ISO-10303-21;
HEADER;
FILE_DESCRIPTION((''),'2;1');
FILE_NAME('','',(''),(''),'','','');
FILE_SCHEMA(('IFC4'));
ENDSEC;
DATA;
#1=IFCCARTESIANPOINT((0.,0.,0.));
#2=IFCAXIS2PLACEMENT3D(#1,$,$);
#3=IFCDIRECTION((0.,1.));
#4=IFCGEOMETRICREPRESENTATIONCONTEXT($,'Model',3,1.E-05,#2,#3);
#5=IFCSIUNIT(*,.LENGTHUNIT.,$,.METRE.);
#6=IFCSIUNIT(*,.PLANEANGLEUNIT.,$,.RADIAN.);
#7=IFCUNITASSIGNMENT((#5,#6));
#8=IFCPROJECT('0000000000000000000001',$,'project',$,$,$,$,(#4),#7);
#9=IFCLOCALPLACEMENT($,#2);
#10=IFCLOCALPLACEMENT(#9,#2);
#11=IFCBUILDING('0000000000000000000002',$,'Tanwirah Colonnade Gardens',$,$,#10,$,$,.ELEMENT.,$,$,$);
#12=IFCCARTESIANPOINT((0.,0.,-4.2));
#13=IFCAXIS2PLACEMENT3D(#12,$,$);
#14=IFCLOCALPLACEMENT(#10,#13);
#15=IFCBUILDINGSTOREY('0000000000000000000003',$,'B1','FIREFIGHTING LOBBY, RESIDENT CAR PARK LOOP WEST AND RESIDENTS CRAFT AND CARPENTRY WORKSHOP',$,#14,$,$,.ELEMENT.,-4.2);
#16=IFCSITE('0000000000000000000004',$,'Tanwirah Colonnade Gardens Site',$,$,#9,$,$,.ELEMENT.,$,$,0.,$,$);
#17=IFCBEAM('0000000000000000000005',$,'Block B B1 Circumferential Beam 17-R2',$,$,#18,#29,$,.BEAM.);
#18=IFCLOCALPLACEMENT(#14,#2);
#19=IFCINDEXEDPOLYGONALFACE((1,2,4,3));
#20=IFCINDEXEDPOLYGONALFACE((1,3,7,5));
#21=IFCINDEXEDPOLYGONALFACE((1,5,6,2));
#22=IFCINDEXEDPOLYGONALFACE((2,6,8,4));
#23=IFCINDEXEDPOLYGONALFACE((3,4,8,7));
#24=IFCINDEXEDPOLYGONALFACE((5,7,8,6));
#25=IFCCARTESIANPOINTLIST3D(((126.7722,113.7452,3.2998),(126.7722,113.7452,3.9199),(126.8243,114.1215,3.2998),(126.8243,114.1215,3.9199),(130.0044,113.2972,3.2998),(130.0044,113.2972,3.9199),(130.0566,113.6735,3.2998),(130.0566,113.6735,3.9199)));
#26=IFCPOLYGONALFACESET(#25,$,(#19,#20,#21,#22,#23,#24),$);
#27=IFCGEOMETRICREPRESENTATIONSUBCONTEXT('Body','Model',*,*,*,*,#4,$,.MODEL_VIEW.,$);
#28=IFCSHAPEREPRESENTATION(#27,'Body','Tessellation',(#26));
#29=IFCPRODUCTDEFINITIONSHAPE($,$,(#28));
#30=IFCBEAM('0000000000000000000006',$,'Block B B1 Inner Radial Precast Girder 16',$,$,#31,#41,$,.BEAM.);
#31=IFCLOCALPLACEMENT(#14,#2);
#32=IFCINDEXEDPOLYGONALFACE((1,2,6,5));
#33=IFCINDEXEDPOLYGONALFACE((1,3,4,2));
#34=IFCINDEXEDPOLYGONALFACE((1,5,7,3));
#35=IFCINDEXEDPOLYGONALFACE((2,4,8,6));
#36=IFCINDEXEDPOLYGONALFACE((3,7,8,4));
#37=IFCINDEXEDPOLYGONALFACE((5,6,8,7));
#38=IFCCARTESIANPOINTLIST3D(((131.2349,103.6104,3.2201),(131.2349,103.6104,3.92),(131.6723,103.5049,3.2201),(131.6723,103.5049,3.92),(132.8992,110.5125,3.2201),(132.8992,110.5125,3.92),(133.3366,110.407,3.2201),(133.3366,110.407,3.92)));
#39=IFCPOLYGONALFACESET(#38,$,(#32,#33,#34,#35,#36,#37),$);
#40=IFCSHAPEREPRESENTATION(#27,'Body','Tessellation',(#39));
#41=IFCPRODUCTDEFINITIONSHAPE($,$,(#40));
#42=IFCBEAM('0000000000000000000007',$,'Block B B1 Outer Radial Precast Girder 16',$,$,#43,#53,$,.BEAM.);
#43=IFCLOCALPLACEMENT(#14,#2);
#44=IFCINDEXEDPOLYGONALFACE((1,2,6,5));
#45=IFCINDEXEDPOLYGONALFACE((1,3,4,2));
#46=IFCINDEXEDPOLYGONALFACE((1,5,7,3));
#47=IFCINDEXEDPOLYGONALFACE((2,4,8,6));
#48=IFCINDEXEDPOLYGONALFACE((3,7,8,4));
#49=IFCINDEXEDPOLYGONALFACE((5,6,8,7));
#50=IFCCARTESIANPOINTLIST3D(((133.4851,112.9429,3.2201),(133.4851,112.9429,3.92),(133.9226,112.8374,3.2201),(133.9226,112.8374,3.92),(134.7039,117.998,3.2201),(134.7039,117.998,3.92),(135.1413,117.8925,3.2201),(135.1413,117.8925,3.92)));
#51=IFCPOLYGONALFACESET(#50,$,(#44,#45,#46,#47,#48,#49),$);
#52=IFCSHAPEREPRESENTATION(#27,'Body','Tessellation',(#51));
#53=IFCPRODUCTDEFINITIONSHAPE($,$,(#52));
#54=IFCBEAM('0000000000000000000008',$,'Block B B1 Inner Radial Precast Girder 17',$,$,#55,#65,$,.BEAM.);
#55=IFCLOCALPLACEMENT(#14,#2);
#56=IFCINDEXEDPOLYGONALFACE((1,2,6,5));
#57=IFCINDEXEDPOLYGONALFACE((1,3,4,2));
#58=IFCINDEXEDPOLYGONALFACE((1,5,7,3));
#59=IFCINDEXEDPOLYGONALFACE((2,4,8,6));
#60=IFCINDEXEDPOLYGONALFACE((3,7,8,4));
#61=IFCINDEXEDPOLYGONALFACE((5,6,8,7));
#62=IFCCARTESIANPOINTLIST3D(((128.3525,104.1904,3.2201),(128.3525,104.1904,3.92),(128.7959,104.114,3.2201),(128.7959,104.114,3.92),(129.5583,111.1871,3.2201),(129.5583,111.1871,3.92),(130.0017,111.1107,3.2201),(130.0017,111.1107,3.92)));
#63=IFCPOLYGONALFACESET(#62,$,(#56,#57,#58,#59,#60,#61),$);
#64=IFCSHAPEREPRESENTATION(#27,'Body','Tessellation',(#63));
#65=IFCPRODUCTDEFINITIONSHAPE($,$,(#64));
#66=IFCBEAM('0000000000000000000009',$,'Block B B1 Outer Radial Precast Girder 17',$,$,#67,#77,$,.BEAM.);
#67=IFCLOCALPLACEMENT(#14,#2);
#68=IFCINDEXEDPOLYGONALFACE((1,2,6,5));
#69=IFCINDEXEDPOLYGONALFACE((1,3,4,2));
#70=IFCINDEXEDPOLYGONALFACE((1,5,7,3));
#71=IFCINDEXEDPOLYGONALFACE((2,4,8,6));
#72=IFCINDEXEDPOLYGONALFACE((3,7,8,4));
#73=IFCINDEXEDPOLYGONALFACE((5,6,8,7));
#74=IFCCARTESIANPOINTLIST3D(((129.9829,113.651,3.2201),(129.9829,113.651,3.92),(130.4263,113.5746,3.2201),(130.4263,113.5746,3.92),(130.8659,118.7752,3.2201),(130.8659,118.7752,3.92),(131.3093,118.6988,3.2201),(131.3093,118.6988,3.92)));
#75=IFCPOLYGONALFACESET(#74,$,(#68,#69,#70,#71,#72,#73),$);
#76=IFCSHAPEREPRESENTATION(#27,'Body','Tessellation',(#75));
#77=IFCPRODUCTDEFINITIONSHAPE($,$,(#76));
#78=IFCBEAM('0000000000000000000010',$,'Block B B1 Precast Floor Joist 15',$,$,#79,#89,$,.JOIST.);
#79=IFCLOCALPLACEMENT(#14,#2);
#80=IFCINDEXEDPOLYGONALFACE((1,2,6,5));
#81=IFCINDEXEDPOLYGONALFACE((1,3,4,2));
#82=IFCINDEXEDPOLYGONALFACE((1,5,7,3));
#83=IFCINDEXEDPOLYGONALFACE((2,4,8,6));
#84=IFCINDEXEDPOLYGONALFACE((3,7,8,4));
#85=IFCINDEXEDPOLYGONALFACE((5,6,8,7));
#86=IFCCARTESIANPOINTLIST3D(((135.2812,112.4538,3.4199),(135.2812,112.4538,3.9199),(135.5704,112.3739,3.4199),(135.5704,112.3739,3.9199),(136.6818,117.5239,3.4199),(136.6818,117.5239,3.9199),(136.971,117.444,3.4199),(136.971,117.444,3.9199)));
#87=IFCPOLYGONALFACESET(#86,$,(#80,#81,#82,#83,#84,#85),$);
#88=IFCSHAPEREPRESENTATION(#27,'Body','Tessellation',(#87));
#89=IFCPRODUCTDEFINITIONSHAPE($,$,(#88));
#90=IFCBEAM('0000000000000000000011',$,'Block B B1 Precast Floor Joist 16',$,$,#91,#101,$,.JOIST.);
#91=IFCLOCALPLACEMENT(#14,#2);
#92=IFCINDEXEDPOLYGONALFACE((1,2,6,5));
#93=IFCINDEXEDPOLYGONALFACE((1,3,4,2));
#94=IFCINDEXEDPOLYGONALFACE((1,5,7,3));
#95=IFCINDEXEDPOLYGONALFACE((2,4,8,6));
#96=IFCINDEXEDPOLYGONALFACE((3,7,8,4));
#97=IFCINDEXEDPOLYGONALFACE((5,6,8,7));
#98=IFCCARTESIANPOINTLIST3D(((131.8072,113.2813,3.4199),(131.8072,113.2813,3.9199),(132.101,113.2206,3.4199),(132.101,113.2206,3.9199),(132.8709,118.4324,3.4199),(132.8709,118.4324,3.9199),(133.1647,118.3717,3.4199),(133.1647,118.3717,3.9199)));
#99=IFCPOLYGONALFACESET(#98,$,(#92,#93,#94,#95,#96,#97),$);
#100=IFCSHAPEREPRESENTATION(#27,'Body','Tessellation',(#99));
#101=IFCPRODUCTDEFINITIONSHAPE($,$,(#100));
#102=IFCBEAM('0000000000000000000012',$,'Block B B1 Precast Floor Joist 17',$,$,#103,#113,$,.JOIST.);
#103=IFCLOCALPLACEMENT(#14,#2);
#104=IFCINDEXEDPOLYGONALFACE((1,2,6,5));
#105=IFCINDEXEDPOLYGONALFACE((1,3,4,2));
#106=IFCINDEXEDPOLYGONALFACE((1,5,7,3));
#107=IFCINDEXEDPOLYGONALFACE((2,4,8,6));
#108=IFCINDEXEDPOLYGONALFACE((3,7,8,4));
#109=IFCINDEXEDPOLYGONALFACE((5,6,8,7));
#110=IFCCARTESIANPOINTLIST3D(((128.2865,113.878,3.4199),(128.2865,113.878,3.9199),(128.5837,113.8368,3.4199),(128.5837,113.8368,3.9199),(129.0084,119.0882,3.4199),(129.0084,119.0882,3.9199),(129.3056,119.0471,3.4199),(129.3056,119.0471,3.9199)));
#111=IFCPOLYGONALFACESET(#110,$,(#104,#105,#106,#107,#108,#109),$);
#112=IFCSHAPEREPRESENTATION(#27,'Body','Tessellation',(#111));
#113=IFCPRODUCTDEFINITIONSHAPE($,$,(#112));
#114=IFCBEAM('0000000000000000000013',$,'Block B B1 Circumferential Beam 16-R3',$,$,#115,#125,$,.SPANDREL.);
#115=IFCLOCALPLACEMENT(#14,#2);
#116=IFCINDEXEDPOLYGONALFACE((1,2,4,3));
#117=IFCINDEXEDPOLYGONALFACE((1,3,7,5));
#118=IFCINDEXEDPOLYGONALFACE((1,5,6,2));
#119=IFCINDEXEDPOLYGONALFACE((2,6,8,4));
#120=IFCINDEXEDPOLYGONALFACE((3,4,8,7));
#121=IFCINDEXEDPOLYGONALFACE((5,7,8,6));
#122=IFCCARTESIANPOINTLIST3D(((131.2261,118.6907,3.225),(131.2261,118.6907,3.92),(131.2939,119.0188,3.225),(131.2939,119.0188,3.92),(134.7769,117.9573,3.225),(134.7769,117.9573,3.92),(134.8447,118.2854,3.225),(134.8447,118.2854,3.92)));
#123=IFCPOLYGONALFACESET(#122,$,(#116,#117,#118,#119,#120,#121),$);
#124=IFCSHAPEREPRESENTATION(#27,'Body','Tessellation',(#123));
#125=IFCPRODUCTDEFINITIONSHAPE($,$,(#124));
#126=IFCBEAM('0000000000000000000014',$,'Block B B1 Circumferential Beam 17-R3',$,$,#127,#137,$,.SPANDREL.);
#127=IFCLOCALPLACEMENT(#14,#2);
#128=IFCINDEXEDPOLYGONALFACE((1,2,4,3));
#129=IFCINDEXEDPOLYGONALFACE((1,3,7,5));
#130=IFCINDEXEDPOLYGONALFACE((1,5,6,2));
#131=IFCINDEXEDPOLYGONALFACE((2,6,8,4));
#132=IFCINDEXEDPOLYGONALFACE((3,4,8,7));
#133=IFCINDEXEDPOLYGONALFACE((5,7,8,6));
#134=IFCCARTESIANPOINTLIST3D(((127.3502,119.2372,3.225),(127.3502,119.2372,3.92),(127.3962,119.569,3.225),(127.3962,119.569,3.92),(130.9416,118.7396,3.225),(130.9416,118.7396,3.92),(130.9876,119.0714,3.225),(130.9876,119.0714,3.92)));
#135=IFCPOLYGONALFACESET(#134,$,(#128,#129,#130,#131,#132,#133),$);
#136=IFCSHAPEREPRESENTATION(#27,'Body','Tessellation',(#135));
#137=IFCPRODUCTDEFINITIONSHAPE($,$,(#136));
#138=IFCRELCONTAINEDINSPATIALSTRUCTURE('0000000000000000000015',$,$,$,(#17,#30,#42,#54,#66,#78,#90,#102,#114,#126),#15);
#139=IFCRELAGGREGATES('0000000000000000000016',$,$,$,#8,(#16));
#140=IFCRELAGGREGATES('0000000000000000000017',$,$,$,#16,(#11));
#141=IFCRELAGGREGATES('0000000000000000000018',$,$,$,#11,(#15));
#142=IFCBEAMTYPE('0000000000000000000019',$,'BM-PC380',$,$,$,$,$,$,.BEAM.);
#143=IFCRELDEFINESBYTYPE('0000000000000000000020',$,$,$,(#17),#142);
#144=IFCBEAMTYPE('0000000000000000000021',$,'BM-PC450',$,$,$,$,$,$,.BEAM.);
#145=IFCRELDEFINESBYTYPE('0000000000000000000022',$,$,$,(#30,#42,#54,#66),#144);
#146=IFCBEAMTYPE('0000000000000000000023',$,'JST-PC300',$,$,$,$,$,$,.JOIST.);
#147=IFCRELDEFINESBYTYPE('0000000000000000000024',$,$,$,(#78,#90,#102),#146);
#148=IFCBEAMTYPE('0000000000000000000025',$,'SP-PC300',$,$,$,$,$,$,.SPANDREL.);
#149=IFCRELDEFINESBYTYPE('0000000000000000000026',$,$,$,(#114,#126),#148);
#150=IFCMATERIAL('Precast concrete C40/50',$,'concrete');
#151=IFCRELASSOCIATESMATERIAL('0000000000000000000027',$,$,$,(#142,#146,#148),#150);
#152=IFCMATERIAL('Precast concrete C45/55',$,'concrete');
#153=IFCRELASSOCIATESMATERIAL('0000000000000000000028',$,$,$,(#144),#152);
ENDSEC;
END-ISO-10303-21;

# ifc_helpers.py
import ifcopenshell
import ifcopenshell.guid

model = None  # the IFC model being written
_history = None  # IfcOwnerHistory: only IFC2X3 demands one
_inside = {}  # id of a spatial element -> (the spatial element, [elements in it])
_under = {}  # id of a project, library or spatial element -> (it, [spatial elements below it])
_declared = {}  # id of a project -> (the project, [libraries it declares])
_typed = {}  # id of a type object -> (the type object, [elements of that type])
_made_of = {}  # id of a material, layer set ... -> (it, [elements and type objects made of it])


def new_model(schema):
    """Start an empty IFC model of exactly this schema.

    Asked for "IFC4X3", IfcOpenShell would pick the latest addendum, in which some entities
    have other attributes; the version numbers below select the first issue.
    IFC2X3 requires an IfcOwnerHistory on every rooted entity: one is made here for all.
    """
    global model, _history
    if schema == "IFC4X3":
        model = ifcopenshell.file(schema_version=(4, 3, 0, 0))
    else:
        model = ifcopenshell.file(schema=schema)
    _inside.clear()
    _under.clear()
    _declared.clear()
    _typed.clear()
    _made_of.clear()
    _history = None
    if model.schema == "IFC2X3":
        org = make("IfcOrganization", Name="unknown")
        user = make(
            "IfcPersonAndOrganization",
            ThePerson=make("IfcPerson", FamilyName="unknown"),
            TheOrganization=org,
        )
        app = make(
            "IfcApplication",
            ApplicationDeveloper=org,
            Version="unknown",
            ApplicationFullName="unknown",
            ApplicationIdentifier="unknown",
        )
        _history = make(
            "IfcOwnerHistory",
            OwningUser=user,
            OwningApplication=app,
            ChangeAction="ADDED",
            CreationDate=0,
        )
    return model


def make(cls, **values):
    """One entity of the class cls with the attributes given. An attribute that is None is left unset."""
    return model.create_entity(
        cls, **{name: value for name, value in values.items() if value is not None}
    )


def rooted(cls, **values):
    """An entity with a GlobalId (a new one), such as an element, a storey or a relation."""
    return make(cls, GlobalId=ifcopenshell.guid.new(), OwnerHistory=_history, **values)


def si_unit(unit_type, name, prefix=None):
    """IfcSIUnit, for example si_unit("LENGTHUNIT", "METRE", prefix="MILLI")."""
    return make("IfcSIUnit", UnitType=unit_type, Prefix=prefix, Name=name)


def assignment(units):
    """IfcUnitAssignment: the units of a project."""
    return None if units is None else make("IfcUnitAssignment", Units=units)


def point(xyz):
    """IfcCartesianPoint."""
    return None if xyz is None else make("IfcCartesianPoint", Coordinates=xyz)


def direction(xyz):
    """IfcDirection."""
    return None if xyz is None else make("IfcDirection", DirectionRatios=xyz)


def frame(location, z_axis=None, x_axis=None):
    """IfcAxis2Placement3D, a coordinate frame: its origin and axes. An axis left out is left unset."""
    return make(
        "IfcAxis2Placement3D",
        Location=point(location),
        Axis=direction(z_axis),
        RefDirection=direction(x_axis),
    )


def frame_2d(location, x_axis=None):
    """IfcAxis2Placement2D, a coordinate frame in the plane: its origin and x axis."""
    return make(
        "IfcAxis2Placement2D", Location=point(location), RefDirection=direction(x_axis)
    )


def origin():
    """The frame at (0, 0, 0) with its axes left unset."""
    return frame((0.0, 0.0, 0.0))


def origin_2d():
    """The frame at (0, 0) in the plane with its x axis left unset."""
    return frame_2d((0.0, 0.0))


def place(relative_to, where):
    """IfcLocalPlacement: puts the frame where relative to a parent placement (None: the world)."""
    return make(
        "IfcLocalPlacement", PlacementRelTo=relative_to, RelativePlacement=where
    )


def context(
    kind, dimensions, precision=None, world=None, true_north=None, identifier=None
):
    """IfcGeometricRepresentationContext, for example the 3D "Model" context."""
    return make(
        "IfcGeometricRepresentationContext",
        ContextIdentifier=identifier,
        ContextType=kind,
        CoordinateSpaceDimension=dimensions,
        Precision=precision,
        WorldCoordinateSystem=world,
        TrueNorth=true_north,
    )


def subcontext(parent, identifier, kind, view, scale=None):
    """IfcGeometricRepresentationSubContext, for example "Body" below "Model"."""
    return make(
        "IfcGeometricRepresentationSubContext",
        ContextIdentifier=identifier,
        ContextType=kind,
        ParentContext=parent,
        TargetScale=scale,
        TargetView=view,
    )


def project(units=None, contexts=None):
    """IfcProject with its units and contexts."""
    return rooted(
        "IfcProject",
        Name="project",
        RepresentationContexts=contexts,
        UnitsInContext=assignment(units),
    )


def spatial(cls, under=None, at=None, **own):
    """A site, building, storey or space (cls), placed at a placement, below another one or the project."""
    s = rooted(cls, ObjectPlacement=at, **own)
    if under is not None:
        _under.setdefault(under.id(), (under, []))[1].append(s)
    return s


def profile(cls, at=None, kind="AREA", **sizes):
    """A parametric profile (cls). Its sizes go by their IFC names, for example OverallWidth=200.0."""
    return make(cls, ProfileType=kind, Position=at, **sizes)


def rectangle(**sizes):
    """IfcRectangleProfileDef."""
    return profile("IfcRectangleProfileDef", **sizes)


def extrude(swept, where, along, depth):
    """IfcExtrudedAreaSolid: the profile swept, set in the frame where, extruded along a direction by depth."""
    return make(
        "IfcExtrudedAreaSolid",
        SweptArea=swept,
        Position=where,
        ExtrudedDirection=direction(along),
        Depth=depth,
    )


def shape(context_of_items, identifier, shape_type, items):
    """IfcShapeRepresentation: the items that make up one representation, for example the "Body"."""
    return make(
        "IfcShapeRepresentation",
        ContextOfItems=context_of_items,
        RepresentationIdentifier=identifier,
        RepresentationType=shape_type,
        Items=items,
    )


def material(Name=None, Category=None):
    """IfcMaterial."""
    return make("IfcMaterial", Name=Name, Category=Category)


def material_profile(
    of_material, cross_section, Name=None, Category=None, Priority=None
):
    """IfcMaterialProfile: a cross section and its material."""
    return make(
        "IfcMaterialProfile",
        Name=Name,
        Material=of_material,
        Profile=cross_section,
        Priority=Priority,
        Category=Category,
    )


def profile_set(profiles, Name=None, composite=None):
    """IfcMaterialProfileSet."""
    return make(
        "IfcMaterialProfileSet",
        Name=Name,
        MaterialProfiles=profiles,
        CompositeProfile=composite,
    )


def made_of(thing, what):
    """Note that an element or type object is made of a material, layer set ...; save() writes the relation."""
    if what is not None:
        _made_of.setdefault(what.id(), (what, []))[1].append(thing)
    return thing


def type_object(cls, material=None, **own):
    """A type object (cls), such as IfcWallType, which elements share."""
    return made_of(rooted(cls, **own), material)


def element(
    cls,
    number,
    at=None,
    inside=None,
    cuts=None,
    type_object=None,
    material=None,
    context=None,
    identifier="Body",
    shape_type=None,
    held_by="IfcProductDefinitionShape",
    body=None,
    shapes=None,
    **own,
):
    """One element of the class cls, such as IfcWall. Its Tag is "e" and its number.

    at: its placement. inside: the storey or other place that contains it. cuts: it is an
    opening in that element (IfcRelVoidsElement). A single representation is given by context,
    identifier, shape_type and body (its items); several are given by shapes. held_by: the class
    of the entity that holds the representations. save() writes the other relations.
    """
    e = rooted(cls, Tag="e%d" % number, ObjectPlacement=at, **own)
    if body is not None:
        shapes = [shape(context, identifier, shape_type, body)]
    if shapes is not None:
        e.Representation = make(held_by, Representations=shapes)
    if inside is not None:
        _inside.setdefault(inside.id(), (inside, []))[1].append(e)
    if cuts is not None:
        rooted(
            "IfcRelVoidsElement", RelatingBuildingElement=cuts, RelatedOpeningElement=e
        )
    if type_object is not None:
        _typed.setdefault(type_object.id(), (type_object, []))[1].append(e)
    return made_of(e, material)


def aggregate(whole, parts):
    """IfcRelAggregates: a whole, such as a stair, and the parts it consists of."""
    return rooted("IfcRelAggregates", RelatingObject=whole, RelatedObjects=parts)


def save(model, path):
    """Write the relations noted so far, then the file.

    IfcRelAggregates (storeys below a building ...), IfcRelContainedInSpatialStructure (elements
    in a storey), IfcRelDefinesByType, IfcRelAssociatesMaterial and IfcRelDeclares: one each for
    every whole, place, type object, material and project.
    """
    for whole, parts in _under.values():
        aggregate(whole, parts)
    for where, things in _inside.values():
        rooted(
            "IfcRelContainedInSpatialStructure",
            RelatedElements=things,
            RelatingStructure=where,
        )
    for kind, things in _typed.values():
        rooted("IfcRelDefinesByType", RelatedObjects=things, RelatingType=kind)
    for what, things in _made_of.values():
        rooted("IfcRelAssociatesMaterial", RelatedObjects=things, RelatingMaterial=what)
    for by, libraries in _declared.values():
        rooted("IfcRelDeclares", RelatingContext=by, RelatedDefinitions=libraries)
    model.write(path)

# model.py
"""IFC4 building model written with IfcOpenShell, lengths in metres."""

from ifc_helpers import new_model, si_unit, direction, frame, origin, origin_2d, place, context, subcontext, project, spatial, rectangle, extrude, material, material_profile, profile_set, type_object, element, save


model = new_model("IFC4")

# Units and contexts
model_context = context("Model", 3, precision=1e-05, world=origin(), true_north=direction((0.0, 1.0)))
body_context = subcontext(model_context, "Body", "Model", "MODEL_VIEW")
ifc_project = project(units=[si_unit("LENGTHUNIT", "METRE"), si_unit("PLANEANGLEUNIT", "RADIAN")], contexts=[model_context])

# Site, building, storey
site_placement = place(None, origin())
site = spatial("IfcSite", under=ifc_project, at=site_placement, Name="Tanwirah Colonnade Gardens Site", CompositionType="ELEMENT", RefElevation=0.0)
building_placement = place(site_placement, origin())
building = spatial("IfcBuilding", under=site, at=building_placement, Name="Tanwirah Colonnade Gardens", CompositionType="ELEMENT")
storey_placement = place(building_placement, frame((0.0, 0.0, -4.2)))
storey = spatial("IfcBuildingStorey", under=building, at=storey_placement, Name="B1", Description="FIREFIGHTING LOBBY, RESIDENT CAR PARK LOOP WEST AND RESIDENTS CRAFT AND CARPENTRY WORKSHOP", CompositionType="ELEMENT", Elevation=-4.2)

# Beams
ifc_material_1 = material(Name="Precast concrete C40/50", Category="concrete")
ifc_material_profile_1 = material_profile(ifc_material_1, rectangle(XDim=0.3799, YDim=0.6201, at=origin_2d()), Name="PC-BM 380x620")
ifc_profile_set_1 = profile_set([ifc_material_profile_1], Name="Precast concrete C40/50")
beam_type_1 = type_object("IfcBeamType", Name="BM-PC380", PredefinedType="BEAM", material=ifc_profile_set_1)
beam_1_placement = place(storey_placement, frame((130.0305, 113.4854, 3.6099), z_axis=(-0.99053, 0.137293, 0.0), x_axis=(-0.137293, -0.99053, 0.0)))
element("IfcBeam", 1, at=beam_1_placement, inside=storey, type_object=beam_type_1, Name="Block B B1 Circumferential Beam 17-R2", PredefinedType="BEAM", context=body_context, shape_type="SweptSolid", body=[
    extrude(rectangle(XDim=0.3799, YDim=0.6201, at=origin_2d()), origin(), (0.0, 0.0, 1.0), 3.2632),
])
ifc_material_2 = material(Name="Precast concrete C45/55", Category="concrete")
ifc_material_profile_2 = material_profile(ifc_material_2, rectangle(XDim=0.45, YDim=0.7, at=origin_2d()), Name="PC-BM 450x700")
ifc_profile_set_2 = profile_set([ifc_material_profile_2], Name="Precast concrete C45/55")
beam_type_2 = type_object("IfcBeamType", Name="BM-PC450", PredefinedType="BEAM", material=ifc_profile_set_2)
beam_2_placement = place(storey_placement, frame((133.1179, 110.4597, 3.5701), z_axis=(-0.234412, -0.972137, 0.0), x_axis=(0.972137, -0.234412, 0.0)))
element("IfcBeam", 2, at=beam_2_placement, inside=storey, type_object=beam_type_2, Name="Block B B1 Inner Radial Precast Girder 16", PredefinedType="BEAM", context=body_context, shape_type="SweptSolid", body=[
    extrude(rectangle(XDim=0.45, YDim=0.7, at=origin_2d()), origin(), (0.0, 0.0, 1.0), 7.0999),
])
beam_3_placement = place(storey_placement, frame((133.7039, 112.8901, 3.5701), z_axis=(0.234374, 0.972146, 0.0), x_axis=(-0.972146, 0.234374, 0.0)))
element("IfcBeam", 3, at=beam_3_placement, inside=storey, type_object=beam_type_2, Name="Block B B1 Outer Radial Precast Girder 16", PredefinedType="BEAM", context=body_context, shape_type="SweptSolid", body=[
    extrude(rectangle(XDim=0.45, YDim=0.7, at=origin_2d()), origin(), (0.0, 0.0, 1.0), 5.2),
])
beam_4_placement = place(storey_placement, frame((129.78, 111.1489, 3.5701), z_axis=(-0.169833, -0.985473, 0.0), x_axis=(0.985473, -0.169833, 0.0)))
element("IfcBeam", 4, at=beam_4_placement, inside=storey, type_object=beam_type_2, Name="Block B B1 Inner Radial Precast Girder 17", PredefinedType="BEAM", context=body_context, shape_type="SweptSolid", body=[
    extrude(rectangle(XDim=0.45, YDim=0.7, at=origin_2d()), origin(), (0.0, 0.0, 1.0), 7.0999),
])
beam_5_placement = place(storey_placement, frame((130.2046, 113.6128, 3.5701), z_axis=(0.169825, 0.985474, 0.0), x_axis=(-0.985474, 0.169825, 0.0)))
element("IfcBeam", 5, at=beam_5_placement, inside=storey, type_object=beam_type_2, Name="Block B B1 Outer Radial Precast Girder 17", PredefinedType="BEAM", context=body_context, shape_type="SweptSolid", body=[
    extrude(rectangle(XDim=0.45, YDim=0.7, at=origin_2d()), origin(), (0.0, 0.0, 1.0), 5.1997),
])
ifc_material_profile_3 = material_profile(ifc_material_1, rectangle(XDim=0.3, YDim=0.5, at=origin_2d()), Name="PC-JST 300x500")
ifc_profile_set_3 = profile_set([ifc_material_profile_3], Name="Precast concrete C40/50")
beam_type_3 = type_object("IfcBeamType", Name="JST-PC300", PredefinedType="JOIST", material=ifc_profile_set_3)
beam_6_placement = place(storey_placement, frame((135.4258, 112.4138, 3.6699), z_axis=(0.266281, 0.963895, 0.0), x_axis=(-0.963895, 0.266281, 0.0)))
element("IfcBeam", 6, at=beam_6_placement, inside=storey, type_object=beam_type_3, Name="Block B B1 Precast Floor Joist 15", PredefinedType="JOIST", context=body_context, shape_type="SweptSolid", body=[
    extrude(rectangle(XDim=0.3, YDim=0.5, at=origin_2d()), origin(), (0.0, 0.0, 1.0), 5.26),
])
beam_7_placement = place(storey_placement, frame((131.9541, 113.251, 3.6699), z_axis=(0.202236, 0.979337, 0.0), x_axis=(-0.979337, 0.202236, 0.0)))
element("IfcBeam", 7, at=beam_7_placement, inside=storey, type_object=beam_type_3, Name="Block B B1 Precast Floor Joist 16", PredefinedType="JOIST", context=body_context, shape_type="SweptSolid", body=[
    extrude(rectangle(XDim=0.3, YDim=0.5, at=origin_2d()), origin(), (0.0, 0.0, 1.0), 5.2598),
])
beam_8_placement = place(storey_placement, frame((128.4351, 113.8574, 3.6699), z_axis=(0.137248, 0.990537, 0.0), x_axis=(-0.990537, 0.137248, 0.0)))
element("IfcBeam", 8, at=beam_8_placement, inside=storey, type_object=beam_type_3, Name="Block B B1 Precast Floor Joist 17", PredefinedType="JOIST", context=body_context, shape_type="SweptSolid", body=[
    extrude(rectangle(XDim=0.3, YDim=0.5, at=origin_2d()), origin(), (0.0, 0.0, 1.0), 5.26),
])
ifc_material_profile_4 = material_profile(ifc_material_1, rectangle(XDim=0.335, YDim=0.6951, at=origin_2d()), Name="PC-SP 335x695")
ifc_profile_set_4 = profile_set([ifc_material_profile_4], Name="Precast concrete C40/50")
beam_type_4 = type_object("IfcBeamType", Name="SP-PC300", PredefinedType="SPANDREL", material=ifc_profile_set_4)
for number, where, z_axis, x_axis, name in (
    (9, (134.8108, 118.1213, 3.5725), (-0.979329, 0.202276, 0.0), (-0.202276, -0.979329, 0.0), "Block B B1 Circumferential Beam 16-R3"),
    (10, (130.9646, 118.9055, 3.5725), (-0.990539, 0.137234, 0.0), (-0.137234, -0.990539, 0.0), "Block B B1 Circumferential Beam 17-R3"),
):
    element("IfcBeam", number, at=place(storey_placement, frame(where, z_axis=z_axis, x_axis=x_axis)), inside=storey, type_object=beam_type_4, Name=name, PredefinedType="SPANDREL", context=body_context, shape_type="SweptSolid", body=[
        extrude(rectangle(XDim=0.335, YDim=0.6951, at=origin_2d()), origin(), (0.0, 0.0, 1.0), 3.6257),
    ])

save(model, "model.ifc")
